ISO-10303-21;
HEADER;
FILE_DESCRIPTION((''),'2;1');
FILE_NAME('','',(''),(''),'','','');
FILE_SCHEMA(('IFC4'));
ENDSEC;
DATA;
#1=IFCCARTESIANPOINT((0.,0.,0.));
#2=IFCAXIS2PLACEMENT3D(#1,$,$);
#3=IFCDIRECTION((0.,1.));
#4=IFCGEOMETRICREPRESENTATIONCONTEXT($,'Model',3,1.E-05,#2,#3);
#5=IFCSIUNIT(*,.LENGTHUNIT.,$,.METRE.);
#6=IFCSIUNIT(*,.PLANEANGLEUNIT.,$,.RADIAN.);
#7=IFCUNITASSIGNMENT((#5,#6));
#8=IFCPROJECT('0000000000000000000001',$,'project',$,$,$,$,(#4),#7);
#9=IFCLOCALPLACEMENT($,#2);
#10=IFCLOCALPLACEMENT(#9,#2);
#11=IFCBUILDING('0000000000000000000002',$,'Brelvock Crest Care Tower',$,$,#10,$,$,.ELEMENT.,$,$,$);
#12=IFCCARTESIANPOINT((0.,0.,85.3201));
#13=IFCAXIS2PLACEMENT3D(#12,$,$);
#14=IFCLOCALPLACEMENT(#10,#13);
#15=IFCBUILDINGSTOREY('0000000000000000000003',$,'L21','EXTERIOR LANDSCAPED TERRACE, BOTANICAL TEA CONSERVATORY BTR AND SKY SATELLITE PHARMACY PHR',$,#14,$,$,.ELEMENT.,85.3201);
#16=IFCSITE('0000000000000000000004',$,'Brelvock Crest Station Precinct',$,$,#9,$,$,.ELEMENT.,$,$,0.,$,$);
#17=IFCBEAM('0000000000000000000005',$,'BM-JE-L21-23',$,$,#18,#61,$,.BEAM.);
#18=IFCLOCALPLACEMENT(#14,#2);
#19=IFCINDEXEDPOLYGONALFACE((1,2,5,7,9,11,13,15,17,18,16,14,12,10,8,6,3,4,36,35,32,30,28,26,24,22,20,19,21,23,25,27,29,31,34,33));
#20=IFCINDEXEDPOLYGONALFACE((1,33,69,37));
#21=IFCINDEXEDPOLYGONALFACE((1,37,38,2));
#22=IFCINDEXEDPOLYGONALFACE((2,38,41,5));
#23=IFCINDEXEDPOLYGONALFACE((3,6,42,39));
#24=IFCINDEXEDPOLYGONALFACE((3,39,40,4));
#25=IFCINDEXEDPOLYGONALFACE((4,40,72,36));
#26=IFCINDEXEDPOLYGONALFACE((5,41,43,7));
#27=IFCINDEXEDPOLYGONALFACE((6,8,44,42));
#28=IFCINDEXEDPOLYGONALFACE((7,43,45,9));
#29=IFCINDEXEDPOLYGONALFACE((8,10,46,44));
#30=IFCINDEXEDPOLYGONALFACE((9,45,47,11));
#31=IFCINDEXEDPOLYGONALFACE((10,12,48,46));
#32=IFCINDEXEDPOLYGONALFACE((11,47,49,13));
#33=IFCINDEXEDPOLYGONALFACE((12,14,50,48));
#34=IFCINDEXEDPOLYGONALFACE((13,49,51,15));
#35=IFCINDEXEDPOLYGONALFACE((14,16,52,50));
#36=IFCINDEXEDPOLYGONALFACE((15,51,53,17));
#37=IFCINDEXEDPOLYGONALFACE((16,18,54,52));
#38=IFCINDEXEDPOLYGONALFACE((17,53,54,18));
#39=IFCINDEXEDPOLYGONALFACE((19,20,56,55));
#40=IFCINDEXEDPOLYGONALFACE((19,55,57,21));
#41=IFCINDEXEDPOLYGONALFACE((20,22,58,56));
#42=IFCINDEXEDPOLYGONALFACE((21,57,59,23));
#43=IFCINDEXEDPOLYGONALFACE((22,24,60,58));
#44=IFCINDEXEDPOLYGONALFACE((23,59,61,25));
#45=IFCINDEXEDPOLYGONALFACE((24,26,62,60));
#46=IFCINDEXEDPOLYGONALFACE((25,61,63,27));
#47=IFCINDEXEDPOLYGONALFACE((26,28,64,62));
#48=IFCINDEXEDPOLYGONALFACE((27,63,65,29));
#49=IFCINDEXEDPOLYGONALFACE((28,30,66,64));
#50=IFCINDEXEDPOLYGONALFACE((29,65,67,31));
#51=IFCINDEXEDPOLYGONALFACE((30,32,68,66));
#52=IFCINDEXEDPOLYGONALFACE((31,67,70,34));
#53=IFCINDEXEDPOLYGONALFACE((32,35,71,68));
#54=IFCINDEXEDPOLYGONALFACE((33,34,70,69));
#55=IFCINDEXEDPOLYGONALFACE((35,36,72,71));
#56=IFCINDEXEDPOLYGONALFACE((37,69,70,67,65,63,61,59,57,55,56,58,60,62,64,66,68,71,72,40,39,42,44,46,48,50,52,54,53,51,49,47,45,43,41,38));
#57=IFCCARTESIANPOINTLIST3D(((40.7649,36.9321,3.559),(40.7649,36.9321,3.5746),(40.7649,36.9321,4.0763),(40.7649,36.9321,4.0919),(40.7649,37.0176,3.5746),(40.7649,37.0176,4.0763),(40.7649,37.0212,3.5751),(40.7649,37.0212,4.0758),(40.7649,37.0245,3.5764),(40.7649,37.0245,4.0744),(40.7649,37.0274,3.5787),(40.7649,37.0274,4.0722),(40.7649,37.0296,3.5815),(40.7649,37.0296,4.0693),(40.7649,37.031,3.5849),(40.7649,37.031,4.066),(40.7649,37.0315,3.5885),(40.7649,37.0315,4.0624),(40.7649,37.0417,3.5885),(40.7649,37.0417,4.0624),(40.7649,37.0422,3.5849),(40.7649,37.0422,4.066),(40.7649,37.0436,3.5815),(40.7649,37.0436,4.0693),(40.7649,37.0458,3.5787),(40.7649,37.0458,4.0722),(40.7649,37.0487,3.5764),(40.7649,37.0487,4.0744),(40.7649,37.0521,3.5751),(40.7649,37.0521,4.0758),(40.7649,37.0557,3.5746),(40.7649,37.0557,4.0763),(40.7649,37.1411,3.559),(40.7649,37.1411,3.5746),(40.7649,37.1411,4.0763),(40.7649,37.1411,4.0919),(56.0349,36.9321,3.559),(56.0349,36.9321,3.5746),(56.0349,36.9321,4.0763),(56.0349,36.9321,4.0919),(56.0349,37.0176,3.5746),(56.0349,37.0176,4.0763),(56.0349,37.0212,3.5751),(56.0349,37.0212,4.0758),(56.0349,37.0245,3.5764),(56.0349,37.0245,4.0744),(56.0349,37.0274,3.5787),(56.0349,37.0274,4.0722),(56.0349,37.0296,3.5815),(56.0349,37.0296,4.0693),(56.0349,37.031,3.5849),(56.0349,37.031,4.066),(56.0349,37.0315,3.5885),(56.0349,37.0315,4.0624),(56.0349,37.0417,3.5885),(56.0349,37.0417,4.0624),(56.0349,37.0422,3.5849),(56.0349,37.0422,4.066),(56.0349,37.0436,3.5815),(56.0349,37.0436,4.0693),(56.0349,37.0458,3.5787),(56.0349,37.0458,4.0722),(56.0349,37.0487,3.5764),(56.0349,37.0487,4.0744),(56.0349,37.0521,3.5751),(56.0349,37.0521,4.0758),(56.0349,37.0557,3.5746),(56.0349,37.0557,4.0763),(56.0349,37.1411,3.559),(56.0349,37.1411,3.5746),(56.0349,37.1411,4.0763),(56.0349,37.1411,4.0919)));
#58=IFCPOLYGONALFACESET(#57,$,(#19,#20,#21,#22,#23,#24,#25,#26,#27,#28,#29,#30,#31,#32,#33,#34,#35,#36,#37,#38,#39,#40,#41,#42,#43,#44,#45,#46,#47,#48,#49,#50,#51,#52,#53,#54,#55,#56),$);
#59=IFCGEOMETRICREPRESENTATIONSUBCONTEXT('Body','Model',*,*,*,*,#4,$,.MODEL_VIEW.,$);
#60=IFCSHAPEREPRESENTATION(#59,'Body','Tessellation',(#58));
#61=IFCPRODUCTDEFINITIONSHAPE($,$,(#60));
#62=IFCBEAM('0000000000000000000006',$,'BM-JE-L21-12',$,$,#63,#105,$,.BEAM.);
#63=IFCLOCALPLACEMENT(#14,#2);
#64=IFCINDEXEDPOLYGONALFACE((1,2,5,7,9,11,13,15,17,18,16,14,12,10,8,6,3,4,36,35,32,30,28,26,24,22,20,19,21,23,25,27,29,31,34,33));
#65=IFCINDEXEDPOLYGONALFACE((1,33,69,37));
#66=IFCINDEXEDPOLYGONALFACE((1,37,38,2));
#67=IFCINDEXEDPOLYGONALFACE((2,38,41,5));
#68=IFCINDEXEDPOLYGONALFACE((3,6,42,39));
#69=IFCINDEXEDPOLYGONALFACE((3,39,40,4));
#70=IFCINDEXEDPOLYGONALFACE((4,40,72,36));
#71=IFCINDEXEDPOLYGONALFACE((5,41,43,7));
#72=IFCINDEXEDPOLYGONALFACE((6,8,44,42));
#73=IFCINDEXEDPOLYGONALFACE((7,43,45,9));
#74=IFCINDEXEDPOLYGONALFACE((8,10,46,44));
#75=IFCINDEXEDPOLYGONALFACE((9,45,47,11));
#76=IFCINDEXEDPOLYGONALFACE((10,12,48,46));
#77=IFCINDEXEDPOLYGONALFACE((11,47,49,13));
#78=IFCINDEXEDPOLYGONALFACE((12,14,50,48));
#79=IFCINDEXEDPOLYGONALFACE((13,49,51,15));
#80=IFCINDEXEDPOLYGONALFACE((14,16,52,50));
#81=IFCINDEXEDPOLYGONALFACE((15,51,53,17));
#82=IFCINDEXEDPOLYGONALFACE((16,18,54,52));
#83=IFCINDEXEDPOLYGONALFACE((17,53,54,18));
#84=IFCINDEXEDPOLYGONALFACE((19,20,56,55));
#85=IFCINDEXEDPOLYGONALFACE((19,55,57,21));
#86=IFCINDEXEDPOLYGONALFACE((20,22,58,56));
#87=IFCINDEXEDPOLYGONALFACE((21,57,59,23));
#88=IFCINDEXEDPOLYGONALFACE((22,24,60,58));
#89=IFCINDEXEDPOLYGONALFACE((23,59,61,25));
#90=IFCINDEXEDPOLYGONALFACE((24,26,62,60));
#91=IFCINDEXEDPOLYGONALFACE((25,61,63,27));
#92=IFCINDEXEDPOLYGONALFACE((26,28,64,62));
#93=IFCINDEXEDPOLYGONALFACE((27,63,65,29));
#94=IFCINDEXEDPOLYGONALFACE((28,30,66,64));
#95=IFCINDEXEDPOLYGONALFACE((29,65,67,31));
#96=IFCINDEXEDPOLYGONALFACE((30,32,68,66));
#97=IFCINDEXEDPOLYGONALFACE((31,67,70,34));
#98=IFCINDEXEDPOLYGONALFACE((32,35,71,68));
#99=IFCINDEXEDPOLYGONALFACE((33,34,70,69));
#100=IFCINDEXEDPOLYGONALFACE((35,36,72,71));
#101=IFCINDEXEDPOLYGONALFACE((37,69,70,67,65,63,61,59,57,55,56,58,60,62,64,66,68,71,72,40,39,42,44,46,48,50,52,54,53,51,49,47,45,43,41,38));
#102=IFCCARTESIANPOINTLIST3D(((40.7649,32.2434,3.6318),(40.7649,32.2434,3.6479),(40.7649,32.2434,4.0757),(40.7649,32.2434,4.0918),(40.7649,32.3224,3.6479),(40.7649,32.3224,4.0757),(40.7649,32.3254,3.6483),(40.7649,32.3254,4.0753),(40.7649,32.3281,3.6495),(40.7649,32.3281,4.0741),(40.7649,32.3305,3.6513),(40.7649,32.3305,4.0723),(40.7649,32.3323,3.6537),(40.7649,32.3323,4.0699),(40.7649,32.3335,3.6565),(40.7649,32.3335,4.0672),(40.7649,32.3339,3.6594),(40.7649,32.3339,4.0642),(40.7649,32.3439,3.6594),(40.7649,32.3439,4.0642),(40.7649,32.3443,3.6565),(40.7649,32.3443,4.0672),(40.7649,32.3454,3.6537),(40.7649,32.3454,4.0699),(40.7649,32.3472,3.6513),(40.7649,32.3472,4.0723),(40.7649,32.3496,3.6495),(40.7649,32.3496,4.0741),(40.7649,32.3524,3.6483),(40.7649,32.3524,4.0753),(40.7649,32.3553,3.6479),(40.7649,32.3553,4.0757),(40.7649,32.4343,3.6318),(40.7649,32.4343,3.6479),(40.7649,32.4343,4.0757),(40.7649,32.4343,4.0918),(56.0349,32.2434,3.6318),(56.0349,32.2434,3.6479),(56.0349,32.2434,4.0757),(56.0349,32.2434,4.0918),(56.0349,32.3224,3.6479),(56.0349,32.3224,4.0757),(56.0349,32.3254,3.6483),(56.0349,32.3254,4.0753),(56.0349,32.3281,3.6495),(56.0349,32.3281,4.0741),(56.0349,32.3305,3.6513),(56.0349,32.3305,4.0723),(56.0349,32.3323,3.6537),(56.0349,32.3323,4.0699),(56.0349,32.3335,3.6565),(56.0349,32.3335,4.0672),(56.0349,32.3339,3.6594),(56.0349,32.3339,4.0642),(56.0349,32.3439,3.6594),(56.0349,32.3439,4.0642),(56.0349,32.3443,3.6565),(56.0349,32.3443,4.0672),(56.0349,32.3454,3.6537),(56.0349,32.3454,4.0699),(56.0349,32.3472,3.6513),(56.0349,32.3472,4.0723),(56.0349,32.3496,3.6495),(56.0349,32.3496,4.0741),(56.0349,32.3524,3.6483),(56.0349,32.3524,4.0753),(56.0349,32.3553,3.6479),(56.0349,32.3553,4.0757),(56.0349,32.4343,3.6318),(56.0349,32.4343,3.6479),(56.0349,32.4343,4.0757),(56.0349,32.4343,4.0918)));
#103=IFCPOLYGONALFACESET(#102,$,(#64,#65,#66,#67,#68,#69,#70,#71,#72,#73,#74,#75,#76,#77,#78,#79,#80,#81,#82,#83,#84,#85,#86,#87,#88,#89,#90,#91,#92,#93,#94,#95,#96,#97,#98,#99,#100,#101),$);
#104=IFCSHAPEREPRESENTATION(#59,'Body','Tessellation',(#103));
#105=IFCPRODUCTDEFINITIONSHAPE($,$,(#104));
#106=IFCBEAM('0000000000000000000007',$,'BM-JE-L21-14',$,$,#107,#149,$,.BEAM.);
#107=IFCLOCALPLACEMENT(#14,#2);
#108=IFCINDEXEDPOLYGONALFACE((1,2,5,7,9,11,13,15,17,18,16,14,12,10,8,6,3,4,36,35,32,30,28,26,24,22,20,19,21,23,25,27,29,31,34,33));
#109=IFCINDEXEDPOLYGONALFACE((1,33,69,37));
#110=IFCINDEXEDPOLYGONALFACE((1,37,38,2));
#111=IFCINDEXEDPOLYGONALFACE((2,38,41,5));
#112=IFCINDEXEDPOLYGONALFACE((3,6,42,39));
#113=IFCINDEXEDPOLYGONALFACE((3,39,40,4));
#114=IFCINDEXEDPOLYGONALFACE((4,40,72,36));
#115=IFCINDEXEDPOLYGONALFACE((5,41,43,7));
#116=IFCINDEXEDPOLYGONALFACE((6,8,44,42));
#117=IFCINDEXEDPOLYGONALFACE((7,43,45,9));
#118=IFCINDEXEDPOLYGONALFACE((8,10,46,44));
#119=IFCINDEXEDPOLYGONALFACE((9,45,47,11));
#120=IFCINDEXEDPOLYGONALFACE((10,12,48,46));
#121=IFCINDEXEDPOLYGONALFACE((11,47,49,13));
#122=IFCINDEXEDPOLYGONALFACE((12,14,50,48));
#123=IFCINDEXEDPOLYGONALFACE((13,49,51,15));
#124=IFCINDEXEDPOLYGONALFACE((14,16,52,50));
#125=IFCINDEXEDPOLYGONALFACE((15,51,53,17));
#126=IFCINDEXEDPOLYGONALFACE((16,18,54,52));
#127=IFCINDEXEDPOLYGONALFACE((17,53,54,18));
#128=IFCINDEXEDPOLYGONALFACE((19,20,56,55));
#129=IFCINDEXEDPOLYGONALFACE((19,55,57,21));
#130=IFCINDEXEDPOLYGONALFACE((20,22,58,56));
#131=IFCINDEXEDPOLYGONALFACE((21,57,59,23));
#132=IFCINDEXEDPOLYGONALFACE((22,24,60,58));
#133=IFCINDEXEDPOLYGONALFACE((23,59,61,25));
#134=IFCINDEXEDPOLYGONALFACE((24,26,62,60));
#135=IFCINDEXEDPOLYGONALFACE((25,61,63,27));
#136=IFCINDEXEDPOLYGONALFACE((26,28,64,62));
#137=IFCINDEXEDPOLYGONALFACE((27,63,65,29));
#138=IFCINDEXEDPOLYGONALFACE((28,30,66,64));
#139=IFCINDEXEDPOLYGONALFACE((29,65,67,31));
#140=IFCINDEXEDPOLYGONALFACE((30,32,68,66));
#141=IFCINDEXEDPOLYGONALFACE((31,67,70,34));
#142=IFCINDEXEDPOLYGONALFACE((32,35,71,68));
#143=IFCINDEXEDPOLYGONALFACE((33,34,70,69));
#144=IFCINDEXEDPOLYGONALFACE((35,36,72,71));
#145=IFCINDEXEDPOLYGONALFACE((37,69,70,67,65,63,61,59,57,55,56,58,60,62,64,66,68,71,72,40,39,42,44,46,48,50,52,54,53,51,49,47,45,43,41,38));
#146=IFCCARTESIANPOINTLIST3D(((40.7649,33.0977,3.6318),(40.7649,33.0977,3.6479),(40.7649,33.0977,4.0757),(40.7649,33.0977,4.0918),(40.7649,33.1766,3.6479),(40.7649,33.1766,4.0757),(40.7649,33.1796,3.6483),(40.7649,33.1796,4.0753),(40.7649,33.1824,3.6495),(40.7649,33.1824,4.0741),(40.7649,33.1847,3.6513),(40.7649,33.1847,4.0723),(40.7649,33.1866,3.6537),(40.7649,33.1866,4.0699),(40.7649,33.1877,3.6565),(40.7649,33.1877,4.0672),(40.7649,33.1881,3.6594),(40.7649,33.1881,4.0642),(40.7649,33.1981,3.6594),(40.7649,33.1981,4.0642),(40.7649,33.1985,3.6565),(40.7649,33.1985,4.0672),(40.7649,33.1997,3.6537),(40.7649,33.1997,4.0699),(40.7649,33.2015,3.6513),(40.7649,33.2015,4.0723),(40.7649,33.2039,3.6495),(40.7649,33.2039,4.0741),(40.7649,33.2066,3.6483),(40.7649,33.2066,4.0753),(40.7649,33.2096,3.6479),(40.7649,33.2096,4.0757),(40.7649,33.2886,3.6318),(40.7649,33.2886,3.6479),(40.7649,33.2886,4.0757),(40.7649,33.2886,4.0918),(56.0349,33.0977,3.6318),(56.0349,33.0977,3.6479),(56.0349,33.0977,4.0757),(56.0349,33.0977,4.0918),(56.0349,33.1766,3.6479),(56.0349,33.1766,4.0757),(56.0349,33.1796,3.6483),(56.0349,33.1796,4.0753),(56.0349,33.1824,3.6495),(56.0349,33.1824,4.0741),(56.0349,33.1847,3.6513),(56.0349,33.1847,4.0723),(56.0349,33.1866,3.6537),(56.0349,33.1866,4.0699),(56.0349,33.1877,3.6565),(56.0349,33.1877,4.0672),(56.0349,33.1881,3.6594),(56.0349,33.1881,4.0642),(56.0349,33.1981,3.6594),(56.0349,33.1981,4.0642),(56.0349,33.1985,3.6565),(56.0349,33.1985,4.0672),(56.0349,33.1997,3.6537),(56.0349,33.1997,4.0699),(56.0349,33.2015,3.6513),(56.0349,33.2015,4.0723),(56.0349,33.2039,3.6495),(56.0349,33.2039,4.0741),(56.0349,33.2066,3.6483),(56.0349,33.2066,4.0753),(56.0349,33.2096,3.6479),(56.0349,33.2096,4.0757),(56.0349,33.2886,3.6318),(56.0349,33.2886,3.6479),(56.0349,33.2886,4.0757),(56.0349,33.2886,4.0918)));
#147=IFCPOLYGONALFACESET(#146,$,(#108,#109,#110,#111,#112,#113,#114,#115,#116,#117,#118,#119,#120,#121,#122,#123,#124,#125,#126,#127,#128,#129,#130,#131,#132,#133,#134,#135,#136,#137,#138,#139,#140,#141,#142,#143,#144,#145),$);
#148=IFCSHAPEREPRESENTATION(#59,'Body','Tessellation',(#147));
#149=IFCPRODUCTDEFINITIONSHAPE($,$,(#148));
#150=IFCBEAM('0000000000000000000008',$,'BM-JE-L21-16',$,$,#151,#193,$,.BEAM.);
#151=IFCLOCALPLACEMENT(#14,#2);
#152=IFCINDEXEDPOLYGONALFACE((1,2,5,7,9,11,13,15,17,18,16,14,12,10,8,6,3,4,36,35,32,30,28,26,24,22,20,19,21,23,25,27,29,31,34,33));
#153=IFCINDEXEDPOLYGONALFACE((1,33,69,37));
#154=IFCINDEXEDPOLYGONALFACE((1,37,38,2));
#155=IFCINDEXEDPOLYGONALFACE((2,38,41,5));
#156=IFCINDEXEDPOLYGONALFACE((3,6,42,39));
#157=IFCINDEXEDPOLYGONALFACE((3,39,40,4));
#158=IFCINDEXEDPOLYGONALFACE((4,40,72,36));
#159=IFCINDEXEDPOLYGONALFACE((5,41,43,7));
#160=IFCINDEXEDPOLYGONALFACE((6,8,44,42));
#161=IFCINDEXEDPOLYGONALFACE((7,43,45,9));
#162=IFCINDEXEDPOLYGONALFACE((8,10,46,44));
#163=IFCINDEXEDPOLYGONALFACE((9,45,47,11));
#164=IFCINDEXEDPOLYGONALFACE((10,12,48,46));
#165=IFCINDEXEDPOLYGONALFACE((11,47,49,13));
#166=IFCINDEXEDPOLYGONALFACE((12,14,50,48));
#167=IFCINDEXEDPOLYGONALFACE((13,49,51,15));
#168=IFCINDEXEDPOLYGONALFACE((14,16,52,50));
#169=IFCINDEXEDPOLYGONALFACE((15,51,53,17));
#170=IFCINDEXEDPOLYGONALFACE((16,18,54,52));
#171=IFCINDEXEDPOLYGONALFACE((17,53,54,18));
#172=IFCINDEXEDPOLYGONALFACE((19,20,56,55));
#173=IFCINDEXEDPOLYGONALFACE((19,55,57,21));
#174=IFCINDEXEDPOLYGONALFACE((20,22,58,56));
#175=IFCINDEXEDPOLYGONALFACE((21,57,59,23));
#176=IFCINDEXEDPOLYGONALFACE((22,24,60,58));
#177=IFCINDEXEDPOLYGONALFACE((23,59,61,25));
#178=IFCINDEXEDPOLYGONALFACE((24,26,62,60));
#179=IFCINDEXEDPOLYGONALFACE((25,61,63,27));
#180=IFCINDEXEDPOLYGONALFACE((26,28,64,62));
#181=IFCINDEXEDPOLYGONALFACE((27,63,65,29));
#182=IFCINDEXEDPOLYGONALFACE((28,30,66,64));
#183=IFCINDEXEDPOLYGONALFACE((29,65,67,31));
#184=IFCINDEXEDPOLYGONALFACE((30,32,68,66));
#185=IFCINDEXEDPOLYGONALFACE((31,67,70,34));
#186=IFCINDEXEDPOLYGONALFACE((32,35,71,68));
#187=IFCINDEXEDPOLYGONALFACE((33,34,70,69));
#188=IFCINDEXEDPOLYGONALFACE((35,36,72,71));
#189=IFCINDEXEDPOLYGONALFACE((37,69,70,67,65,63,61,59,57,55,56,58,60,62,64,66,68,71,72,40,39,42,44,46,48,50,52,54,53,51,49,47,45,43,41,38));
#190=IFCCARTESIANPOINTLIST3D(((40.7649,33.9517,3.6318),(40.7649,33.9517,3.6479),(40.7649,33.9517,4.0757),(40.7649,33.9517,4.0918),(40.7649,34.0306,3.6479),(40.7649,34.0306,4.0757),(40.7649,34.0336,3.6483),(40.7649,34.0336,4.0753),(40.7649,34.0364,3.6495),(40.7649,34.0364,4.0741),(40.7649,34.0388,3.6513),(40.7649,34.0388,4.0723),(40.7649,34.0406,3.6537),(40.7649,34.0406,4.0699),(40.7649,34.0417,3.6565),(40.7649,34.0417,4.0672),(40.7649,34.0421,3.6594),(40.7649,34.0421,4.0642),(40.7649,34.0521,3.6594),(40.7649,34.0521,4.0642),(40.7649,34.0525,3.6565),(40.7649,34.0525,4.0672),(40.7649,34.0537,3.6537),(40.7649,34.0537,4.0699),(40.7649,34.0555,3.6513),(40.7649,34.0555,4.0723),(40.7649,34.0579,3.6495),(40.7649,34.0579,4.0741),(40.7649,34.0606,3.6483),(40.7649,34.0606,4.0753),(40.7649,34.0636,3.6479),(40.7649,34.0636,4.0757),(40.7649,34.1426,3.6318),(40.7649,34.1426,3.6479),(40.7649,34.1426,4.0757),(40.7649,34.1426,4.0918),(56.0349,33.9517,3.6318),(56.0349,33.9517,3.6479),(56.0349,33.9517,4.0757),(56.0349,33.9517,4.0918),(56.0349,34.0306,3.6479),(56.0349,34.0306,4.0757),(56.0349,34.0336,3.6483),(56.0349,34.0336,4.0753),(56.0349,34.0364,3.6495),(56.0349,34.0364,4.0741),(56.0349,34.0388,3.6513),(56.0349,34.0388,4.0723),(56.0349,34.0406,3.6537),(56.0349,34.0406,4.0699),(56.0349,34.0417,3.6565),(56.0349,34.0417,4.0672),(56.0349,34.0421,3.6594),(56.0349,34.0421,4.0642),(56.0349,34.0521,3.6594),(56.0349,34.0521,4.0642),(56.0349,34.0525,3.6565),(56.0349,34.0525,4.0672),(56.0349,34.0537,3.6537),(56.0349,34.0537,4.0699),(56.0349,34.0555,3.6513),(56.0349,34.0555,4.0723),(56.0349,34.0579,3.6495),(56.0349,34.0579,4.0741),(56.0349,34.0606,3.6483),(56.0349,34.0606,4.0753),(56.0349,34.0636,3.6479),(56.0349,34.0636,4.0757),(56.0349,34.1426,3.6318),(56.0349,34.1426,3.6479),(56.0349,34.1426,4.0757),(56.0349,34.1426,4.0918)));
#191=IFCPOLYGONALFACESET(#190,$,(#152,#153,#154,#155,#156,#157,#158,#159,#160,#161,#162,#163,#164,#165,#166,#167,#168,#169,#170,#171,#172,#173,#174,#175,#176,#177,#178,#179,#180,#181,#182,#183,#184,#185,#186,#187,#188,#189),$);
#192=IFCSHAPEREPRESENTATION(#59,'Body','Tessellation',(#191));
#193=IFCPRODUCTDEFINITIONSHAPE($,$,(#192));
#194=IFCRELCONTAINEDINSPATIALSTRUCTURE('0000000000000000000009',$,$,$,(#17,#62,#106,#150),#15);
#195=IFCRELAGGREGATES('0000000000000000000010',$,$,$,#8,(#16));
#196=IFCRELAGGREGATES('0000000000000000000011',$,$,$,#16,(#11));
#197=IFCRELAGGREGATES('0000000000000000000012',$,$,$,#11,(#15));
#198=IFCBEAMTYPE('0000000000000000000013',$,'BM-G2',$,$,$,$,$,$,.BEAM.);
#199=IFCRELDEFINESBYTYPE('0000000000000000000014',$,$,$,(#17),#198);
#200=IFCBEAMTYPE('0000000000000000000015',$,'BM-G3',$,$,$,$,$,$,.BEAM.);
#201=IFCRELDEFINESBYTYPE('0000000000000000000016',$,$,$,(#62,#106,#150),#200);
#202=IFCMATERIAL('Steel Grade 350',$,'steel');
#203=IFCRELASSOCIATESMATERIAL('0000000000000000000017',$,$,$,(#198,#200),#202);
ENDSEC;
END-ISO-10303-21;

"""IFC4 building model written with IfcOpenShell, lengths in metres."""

from ifc_helpers import new_model, si_unit, direction, frame, origin, origin_2d, place, context, subcontext, project, spatial, i_section, extrude, source, transform, mapped, material, material_profile, profile_set, type_object, element, save


model = new_model("IFC4")

# Units and contexts
model_context = context("Model", 3, precision=1e-05, world=origin(), true_north=direction((0.0, 1.0)))
body_context = subcontext(model_context, "Body", "Model", "MODEL_VIEW")
ifc_project = project(units=[si_unit("LENGTHUNIT", "METRE"), si_unit("PLANEANGLEUNIT", "RADIAN")], contexts=[model_context])

# Site, building, storey
site_placement = place(None, origin())
site = spatial("IfcSite", under=ifc_project, at=site_placement, Name="Brelvock Crest Station Precinct", CompositionType="ELEMENT", RefElevation=0.0)
building_placement = place(site_placement, origin())
building = spatial("IfcBuilding", under=site, at=building_placement, Name="Brelvock Crest Care Tower", CompositionType="ELEMENT")
storey_placement = place(building_placement, frame((0.0, 0.0, 85.3201)))
storey = spatial("IfcBuildingStorey", under=building, at=storey_placement, Name="L21", Description="EXTERIOR LANDSCAPED TERRACE, BOTANICAL TEA CONSERVATORY BTR AND SKY SATELLITE PHARMACY PHR", CompositionType="ELEMENT", Elevation=85.3201)

# Shared definitions
ifc_material_1 = material(Name="Steel Grade 350", Category="steel")

# Beams
ifc_material_profile_1 = material_profile(ifc_material_1, i_section(OverallWidth=0.209, OverallDepth=0.533, WebThickness=0.0103, FlangeThickness=0.0156, FilletRadius=0.0139, at=origin_2d()), Name="530UB92.4")
ifc_profile_set_1 = profile_set([ifc_material_profile_1], Name="Steel Grade 350")
beam_type_1 = type_object("IfcBeamType", Name="BM-G2", PredefinedType="BEAM", material=ifc_profile_set_1)
shared_shape_1 = source(origin(), body_context, "Body", "SweptSolid", [
    extrude(i_section(OverallWidth=0.209, OverallDepth=0.533, WebThickness=0.0103, FlangeThickness=0.0156, FilletRadius=0.0139, at=origin_2d()), origin(), (0.0, 0.0, 1.0), 15.27),
])
for number, where, z_axis, x_axis, name in (
    (1, (40.7649, 37.0366, 3.8254), (1.0, 0.0, 0.0), (0.0, 1.0, 0.0), "BM-JE-L21-23"),
):
    element("IfcBeam", number, at=place(storey_placement, frame(where, z_axis=z_axis, x_axis=x_axis)), inside=storey, type_object=beam_type_1, Name=name, PredefinedType="BEAM", context=body_context, shape_type="MappedRepresentation", body=[
        mapped(shared_shape_1, transform((0.0, 0.0, 0.0), x_axis=(1.0, 0.0, 0.0), y_axis=(0.0, 1.0, 0.0), z_axis=(0.0, 0.0, 1.0), scale=1.0)),
    ])
ifc_material_profile_2 = material_profile(ifc_material_1, i_section(OverallWidth=0.1909, OverallDepth=0.46, WebThickness=0.01, FlangeThickness=0.0161, FilletRadius=0.0115, at=origin_2d()), Name="460UB82.1")
ifc_profile_set_2 = profile_set([ifc_material_profile_2], Name="Steel Grade 350")
beam_type_2 = type_object("IfcBeamType", Name="BM-G3", PredefinedType="BEAM", material=ifc_profile_set_2)
shared_shape_2 = source(origin(), body_context, "Body", "SweptSolid", [
    extrude(i_section(OverallWidth=0.1909, OverallDepth=0.46, WebThickness=0.01, FlangeThickness=0.0161, FilletRadius=0.0115, at=origin_2d()), origin(), (0.0, 0.0, 1.0), 15.27),
])
for number, where, z_axis, x_axis, name in (
    (2, (40.7649, 32.3389, 3.8618), (1.0, 0.0, 0.0), (0.0, 1.0, 0.0), "BM-JE-L21-12"),
    (3, (40.7649, 33.1931, 3.8618), (1.0, 0.0, 0.0), (0.0, 1.0, 0.0), "BM-JE-L21-14"),
    (4, (40.7649, 34.0471, 3.8618), (1.0, 0.0, 0.0), (0.0, 1.0, 0.0), "BM-JE-L21-16"),
):
    element("IfcBeam", number, at=place(storey_placement, frame(where, z_axis=z_axis, x_axis=x_axis)), inside=storey, type_object=beam_type_2, Name=name, PredefinedType="BEAM", context=body_context, shape_type="MappedRepresentation", body=[
        mapped(shared_shape_2, transform((0.0, 0.0, 0.0), x_axis=(1.0, 0.0, 0.0), y_axis=(0.0, 1.0, 0.0), z_axis=(0.0, 0.0, 1.0), scale=1.0)),
    ])

save(model, "model.ifc")
